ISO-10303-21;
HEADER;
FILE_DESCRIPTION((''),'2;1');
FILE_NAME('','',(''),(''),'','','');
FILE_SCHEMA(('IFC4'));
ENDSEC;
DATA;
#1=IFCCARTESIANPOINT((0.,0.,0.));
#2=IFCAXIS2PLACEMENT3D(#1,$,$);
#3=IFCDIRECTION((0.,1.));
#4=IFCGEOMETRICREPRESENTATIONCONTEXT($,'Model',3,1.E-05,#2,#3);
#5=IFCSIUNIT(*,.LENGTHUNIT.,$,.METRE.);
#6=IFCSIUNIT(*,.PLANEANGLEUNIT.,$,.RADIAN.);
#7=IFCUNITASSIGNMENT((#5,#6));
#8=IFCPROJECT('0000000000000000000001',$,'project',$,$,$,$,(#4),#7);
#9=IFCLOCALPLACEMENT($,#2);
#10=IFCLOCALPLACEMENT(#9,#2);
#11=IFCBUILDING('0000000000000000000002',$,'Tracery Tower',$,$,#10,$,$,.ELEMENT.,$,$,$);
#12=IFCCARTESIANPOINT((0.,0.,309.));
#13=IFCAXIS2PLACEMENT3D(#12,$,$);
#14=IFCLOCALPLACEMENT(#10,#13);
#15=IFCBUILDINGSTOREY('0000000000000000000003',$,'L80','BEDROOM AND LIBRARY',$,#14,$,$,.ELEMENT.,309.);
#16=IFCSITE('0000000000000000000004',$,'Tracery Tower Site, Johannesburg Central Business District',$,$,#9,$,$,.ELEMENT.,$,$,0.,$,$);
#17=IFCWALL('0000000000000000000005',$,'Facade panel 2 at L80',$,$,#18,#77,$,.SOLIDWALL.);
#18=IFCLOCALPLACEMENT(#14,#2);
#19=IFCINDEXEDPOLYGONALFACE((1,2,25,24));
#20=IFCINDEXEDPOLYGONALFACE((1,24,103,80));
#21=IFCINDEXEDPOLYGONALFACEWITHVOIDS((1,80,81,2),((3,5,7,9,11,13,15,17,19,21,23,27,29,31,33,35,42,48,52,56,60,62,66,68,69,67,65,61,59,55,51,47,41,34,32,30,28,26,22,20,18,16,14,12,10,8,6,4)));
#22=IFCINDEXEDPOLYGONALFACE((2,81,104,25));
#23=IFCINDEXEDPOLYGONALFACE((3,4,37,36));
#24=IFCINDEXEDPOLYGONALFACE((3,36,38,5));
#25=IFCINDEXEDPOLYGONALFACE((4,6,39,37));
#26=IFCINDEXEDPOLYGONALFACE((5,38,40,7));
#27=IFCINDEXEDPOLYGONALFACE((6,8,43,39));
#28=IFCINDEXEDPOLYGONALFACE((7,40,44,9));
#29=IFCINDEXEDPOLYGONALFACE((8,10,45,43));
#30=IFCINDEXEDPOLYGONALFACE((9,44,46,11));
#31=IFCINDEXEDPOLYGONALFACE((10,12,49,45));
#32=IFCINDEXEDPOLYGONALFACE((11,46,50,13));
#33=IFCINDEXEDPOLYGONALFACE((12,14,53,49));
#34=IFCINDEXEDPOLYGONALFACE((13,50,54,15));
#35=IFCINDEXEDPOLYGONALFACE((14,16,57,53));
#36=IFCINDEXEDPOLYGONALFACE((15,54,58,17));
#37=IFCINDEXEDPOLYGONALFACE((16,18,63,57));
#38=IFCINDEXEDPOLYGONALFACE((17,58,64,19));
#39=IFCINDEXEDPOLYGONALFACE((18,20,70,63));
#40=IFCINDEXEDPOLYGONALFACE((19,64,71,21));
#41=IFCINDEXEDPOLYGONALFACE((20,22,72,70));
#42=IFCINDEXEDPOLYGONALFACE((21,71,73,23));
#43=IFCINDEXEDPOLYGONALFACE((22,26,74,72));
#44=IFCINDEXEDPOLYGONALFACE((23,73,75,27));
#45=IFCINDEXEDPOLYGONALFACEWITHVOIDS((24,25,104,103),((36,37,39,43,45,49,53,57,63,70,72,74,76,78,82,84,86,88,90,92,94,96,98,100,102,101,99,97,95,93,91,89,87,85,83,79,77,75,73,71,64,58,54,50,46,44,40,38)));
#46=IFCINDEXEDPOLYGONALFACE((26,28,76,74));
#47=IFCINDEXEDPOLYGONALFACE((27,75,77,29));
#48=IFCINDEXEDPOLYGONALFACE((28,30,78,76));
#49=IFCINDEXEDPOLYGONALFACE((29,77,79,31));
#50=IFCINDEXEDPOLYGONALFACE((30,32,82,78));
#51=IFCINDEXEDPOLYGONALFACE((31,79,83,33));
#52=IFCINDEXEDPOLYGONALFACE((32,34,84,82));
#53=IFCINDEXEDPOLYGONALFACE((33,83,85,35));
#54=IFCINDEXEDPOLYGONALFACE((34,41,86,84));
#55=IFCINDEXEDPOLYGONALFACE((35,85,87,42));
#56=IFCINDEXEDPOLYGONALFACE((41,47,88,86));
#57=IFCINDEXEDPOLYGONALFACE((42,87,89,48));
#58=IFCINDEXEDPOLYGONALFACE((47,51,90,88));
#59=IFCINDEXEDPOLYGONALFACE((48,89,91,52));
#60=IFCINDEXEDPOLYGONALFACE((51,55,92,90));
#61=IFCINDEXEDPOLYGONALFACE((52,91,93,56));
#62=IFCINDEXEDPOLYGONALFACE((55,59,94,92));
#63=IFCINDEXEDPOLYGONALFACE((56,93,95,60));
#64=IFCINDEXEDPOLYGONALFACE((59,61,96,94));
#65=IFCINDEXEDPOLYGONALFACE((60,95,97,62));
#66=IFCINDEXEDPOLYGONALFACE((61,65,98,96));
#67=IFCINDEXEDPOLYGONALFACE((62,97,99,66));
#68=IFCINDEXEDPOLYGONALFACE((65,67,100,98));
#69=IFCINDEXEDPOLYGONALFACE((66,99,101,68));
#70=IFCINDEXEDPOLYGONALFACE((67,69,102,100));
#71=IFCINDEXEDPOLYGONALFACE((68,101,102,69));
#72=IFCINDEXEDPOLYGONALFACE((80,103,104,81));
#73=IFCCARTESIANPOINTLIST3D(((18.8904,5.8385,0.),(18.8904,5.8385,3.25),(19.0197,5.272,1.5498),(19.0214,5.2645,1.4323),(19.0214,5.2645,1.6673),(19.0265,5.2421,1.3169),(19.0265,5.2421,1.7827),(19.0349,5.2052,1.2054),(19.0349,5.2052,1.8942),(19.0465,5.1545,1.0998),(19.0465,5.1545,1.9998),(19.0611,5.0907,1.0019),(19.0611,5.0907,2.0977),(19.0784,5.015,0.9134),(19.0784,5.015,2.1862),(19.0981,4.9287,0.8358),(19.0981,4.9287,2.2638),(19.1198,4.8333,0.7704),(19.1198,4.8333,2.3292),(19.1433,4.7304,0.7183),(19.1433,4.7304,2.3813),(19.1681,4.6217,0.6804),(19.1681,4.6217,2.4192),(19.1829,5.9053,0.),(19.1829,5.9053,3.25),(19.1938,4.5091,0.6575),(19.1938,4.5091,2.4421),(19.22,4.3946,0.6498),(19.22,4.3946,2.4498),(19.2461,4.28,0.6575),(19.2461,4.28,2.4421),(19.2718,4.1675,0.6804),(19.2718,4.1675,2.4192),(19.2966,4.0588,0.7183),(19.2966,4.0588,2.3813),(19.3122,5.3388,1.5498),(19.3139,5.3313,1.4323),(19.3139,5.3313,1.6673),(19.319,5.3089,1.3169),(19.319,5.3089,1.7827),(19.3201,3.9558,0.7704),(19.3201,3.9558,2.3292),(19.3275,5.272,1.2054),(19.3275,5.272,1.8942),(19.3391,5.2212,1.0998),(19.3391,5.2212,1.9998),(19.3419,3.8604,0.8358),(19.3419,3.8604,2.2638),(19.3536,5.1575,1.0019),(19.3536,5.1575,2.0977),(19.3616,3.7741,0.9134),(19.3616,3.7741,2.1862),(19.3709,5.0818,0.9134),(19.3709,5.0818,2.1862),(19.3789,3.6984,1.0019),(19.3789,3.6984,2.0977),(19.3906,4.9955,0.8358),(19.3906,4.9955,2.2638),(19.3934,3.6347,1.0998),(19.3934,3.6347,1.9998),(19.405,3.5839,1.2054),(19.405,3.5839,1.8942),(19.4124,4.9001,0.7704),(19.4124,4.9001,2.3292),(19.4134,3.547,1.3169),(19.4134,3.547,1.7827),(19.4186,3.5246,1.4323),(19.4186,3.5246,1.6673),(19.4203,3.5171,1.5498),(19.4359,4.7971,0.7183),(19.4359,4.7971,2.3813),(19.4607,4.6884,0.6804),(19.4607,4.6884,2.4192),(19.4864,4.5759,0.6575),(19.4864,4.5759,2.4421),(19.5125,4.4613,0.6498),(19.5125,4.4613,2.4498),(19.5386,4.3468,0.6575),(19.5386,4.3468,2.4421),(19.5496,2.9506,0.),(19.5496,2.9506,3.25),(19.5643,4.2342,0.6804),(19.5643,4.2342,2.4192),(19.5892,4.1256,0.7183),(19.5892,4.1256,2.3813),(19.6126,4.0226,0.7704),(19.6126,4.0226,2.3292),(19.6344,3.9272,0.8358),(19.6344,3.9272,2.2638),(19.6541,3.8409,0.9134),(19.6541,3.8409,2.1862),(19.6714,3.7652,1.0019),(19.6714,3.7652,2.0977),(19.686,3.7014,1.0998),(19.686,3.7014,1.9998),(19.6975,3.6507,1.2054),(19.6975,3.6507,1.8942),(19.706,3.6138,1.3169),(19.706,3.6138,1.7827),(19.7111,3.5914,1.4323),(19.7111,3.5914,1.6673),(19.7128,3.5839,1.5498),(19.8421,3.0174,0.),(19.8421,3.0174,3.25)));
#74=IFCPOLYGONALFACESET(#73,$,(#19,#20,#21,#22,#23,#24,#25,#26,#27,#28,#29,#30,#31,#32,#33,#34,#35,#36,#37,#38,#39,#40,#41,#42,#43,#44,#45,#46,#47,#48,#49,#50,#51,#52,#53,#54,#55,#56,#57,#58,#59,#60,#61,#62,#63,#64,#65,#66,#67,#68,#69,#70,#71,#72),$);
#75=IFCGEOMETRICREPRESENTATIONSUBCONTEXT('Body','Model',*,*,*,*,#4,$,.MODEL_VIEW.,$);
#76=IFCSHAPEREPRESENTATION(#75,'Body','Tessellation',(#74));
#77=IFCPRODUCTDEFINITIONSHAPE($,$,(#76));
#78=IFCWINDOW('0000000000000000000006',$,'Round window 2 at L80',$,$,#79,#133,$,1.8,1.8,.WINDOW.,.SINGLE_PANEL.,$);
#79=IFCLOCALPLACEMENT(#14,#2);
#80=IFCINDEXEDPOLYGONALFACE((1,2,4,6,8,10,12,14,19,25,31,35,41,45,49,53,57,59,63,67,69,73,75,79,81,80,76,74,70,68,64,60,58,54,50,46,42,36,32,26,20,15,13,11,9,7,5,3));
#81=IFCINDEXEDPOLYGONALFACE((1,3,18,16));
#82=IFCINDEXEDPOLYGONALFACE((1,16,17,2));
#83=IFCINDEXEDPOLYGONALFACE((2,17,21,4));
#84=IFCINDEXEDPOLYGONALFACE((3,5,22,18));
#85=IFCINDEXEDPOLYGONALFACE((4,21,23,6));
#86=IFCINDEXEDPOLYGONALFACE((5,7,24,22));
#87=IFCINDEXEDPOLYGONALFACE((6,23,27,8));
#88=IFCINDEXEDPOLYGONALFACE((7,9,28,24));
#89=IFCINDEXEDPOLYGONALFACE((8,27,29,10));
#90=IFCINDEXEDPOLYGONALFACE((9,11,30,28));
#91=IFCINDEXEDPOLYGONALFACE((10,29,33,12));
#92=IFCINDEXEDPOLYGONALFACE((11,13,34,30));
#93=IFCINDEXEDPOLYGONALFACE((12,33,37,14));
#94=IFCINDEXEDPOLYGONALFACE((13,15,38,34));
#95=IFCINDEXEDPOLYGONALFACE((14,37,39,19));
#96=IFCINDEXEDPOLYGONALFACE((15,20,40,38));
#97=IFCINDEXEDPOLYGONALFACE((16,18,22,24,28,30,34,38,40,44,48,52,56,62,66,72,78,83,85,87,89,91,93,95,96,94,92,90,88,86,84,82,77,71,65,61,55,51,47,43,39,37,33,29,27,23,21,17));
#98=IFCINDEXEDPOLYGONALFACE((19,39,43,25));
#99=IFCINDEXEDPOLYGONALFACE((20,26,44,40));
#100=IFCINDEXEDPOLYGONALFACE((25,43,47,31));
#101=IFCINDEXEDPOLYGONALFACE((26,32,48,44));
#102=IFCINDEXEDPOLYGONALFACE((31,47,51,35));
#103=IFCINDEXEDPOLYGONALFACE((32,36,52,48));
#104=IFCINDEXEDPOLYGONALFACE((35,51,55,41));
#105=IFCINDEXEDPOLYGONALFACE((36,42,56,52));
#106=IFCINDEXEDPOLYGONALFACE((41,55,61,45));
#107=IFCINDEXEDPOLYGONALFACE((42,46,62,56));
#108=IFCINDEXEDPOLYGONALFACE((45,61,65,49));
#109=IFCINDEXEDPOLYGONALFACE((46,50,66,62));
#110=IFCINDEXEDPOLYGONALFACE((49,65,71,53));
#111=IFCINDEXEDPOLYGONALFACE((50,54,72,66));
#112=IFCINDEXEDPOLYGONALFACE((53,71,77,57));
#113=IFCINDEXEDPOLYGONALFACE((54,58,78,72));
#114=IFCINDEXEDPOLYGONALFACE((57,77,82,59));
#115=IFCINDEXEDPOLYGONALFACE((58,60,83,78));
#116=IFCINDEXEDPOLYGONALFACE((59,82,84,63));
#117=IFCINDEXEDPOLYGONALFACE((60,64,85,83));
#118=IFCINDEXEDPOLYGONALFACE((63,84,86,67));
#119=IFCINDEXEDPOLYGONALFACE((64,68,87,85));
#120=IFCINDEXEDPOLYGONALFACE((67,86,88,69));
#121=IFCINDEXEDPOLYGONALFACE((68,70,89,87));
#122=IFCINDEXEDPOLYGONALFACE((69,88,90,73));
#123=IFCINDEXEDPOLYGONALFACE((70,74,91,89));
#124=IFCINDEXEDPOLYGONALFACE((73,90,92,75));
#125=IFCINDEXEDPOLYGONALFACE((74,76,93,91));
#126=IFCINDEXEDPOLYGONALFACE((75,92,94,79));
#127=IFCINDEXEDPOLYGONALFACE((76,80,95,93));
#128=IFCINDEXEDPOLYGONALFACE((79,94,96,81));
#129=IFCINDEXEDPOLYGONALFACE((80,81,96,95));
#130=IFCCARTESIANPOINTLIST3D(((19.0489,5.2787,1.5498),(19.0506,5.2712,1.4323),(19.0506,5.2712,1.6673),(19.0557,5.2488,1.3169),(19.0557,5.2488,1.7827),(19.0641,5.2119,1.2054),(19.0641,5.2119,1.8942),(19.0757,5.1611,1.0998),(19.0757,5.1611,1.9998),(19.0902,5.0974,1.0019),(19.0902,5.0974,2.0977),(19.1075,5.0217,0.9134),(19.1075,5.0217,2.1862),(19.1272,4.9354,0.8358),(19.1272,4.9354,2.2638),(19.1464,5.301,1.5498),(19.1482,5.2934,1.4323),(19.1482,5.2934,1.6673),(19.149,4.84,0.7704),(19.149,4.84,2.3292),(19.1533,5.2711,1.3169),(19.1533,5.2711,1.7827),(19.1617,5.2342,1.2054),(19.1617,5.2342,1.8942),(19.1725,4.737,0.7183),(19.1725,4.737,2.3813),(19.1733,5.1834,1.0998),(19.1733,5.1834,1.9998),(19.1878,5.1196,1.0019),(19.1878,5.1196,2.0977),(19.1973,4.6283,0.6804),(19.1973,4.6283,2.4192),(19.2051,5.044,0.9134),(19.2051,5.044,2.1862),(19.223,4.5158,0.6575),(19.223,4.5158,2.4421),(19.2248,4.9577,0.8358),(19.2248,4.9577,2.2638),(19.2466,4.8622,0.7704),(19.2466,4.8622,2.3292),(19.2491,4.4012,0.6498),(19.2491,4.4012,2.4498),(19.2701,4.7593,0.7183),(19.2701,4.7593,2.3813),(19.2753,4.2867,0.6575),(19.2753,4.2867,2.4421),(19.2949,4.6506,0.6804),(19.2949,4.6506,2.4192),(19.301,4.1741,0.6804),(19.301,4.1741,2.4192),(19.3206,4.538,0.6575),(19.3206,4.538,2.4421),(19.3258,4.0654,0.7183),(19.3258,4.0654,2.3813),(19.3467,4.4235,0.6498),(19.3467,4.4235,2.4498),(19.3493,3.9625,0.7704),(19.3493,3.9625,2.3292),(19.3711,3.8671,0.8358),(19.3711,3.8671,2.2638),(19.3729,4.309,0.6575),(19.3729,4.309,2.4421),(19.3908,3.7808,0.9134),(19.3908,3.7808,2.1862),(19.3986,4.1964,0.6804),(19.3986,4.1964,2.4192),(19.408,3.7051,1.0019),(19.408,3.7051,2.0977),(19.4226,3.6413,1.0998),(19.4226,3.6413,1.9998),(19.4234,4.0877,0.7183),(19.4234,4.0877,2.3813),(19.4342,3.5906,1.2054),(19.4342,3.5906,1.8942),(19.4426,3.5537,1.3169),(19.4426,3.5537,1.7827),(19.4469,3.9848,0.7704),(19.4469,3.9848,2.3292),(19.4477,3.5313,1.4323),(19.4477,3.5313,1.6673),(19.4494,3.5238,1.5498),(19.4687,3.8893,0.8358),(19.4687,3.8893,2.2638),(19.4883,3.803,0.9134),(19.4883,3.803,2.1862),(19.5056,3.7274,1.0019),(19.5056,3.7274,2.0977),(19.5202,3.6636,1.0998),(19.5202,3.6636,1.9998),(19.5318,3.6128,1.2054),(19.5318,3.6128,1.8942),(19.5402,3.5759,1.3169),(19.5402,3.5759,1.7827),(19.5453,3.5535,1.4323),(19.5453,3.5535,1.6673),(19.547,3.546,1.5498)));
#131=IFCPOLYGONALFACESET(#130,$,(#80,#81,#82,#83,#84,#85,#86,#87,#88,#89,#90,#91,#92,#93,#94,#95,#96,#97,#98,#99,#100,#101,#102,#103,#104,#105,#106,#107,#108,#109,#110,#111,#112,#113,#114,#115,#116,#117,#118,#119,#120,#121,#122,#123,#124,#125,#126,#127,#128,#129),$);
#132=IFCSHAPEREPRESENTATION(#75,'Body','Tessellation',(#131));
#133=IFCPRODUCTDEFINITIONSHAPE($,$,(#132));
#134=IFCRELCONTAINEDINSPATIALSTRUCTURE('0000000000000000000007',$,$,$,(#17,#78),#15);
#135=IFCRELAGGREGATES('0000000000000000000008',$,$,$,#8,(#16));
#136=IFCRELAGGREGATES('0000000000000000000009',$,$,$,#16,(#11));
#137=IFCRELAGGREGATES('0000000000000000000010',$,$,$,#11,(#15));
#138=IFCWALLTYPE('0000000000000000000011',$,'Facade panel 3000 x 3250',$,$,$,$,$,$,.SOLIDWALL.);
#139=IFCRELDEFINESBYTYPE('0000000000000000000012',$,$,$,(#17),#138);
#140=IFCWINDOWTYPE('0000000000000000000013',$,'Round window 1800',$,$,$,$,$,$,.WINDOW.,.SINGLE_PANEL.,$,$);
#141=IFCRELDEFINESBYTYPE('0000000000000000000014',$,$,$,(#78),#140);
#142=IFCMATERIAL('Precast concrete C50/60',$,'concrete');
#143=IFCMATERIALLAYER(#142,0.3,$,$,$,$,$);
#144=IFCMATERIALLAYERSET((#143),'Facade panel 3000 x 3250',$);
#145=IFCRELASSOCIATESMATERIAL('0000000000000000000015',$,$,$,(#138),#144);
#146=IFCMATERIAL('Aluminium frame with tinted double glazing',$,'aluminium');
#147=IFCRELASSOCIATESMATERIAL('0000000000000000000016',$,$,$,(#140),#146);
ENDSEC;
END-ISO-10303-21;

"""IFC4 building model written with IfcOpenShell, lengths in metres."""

from ifc_helpers import new_model, si_unit, direction, frame, frame_2d, origin, origin_2d, place, context, subcontext, project, spatial, rectangle, circle, extrude, material, layer, layer_set, type_object, element, fill, save


model = new_model("IFC4")

# Units and contexts
model_context = context("Model", 3, precision=1e-05, world=origin(), true_north=direction((0.0, 1.0)))
body_context = subcontext(model_context, "Body", "Model", "MODEL_VIEW")
ifc_project = project(units=[si_unit("LENGTHUNIT", "METRE"), si_unit("PLANEANGLEUNIT", "RADIAN")], contexts=[model_context])

# Site, building, storey
site_placement = place(None, origin())
site = spatial("IfcSite", under=ifc_project, at=site_placement, Name="Tracery Tower Site, Johannesburg Central Business District", CompositionType="ELEMENT", RefElevation=0.0)
building_placement = place(site_placement, origin())
building = spatial("IfcBuilding", under=site, at=building_placement, Name="Tracery Tower", CompositionType="ELEMENT")
storey_placement = place(building_placement, frame((0.0, 0.0, 309.0)))
storey = spatial("IfcBuildingStorey", under=building, at=storey_placement, Name="L80", Description="BEDROOM AND LIBRARY", CompositionType="ELEMENT", Elevation=309.0)

# Wall, opening, window
ifc_material_1 = material(Name="Precast concrete C50/60", Category="concrete")
ifc_layer_1 = layer(ifc_material_1, 0.3)
ifc_layer_set_1 = layer_set([ifc_layer_1], Name="Facade panel 3000 x 3250")
wall_type_1 = type_object("IfcWallType", Name="Facade panel 3000 x 3250", PredefinedType="SOLIDWALL", material=ifc_layer_set_1)
wall_1_placement = place(storey_placement, frame((19.6958, 2.9841, 0.0), z_axis=(0.0, 0.0, 1.0), x_axis=(-0.222529, 0.974926, 0.0)))
wall_1 = element("IfcWall", 1, at=wall_1_placement, inside=storey, type_object=wall_type_1, Name="Facade panel 2 at L80", PredefinedType="SOLIDWALL", context=body_context, shape_type="SweptSolid", body=[
    extrude(rectangle(XDim=2.9622, YDim=0.3, at=frame_2d((1.481, 0.0))), origin(), (0.0, 0.0, 1.0), 3.25),
])
opening_1_placement = place(wall_1_placement, frame((1.481, 0.0, 1.5498)))
opening_1 = element("IfcOpeningElement", 2, at=opening_1_placement, cuts=wall_1, PredefinedType="OPENING", context=body_context, shape_type="SweptSolid", body=[
    extrude(circle(Radius=0.9, at=origin_2d()), frame((0.0, 0.1599, 0.0), z_axis=(0.0, -1.0, 0.0), x_axis=(1.0, 0.0, 0.0)), (0.0, 0.0, 1.0), 0.3201),
])
ifc_material_2 = material(Name="Aluminium frame with tinted double glazing", Category="aluminium")
window_type = type_object("IfcWindowType", Name="Round window 1800", PartitioningType="SINGLE_PANEL", PredefinedType="WINDOW", material=ifc_material_2)
window_1_placement = place(opening_1_placement, origin())
window_1 = element("IfcWindow", 3, at=window_1_placement, inside=storey, type_object=window_type, Name="Round window 2 at L80", OverallHeight=1.8, OverallWidth=1.8, PartitioningType="SINGLE_PANEL", PredefinedType="WINDOW", context=body_context, shape_type="SweptSolid", body=[
    extrude(circle(Radius=0.9, at=origin_2d()), frame((0.0, 0.1201, 0.0), z_axis=(0.0, -1.0, 0.0), x_axis=(1.0, 0.0, 0.0)), (0.0, 0.0, 1.0), 0.1001),
])
fill(opening_1, window_1)

save(model, "model.ifc")
